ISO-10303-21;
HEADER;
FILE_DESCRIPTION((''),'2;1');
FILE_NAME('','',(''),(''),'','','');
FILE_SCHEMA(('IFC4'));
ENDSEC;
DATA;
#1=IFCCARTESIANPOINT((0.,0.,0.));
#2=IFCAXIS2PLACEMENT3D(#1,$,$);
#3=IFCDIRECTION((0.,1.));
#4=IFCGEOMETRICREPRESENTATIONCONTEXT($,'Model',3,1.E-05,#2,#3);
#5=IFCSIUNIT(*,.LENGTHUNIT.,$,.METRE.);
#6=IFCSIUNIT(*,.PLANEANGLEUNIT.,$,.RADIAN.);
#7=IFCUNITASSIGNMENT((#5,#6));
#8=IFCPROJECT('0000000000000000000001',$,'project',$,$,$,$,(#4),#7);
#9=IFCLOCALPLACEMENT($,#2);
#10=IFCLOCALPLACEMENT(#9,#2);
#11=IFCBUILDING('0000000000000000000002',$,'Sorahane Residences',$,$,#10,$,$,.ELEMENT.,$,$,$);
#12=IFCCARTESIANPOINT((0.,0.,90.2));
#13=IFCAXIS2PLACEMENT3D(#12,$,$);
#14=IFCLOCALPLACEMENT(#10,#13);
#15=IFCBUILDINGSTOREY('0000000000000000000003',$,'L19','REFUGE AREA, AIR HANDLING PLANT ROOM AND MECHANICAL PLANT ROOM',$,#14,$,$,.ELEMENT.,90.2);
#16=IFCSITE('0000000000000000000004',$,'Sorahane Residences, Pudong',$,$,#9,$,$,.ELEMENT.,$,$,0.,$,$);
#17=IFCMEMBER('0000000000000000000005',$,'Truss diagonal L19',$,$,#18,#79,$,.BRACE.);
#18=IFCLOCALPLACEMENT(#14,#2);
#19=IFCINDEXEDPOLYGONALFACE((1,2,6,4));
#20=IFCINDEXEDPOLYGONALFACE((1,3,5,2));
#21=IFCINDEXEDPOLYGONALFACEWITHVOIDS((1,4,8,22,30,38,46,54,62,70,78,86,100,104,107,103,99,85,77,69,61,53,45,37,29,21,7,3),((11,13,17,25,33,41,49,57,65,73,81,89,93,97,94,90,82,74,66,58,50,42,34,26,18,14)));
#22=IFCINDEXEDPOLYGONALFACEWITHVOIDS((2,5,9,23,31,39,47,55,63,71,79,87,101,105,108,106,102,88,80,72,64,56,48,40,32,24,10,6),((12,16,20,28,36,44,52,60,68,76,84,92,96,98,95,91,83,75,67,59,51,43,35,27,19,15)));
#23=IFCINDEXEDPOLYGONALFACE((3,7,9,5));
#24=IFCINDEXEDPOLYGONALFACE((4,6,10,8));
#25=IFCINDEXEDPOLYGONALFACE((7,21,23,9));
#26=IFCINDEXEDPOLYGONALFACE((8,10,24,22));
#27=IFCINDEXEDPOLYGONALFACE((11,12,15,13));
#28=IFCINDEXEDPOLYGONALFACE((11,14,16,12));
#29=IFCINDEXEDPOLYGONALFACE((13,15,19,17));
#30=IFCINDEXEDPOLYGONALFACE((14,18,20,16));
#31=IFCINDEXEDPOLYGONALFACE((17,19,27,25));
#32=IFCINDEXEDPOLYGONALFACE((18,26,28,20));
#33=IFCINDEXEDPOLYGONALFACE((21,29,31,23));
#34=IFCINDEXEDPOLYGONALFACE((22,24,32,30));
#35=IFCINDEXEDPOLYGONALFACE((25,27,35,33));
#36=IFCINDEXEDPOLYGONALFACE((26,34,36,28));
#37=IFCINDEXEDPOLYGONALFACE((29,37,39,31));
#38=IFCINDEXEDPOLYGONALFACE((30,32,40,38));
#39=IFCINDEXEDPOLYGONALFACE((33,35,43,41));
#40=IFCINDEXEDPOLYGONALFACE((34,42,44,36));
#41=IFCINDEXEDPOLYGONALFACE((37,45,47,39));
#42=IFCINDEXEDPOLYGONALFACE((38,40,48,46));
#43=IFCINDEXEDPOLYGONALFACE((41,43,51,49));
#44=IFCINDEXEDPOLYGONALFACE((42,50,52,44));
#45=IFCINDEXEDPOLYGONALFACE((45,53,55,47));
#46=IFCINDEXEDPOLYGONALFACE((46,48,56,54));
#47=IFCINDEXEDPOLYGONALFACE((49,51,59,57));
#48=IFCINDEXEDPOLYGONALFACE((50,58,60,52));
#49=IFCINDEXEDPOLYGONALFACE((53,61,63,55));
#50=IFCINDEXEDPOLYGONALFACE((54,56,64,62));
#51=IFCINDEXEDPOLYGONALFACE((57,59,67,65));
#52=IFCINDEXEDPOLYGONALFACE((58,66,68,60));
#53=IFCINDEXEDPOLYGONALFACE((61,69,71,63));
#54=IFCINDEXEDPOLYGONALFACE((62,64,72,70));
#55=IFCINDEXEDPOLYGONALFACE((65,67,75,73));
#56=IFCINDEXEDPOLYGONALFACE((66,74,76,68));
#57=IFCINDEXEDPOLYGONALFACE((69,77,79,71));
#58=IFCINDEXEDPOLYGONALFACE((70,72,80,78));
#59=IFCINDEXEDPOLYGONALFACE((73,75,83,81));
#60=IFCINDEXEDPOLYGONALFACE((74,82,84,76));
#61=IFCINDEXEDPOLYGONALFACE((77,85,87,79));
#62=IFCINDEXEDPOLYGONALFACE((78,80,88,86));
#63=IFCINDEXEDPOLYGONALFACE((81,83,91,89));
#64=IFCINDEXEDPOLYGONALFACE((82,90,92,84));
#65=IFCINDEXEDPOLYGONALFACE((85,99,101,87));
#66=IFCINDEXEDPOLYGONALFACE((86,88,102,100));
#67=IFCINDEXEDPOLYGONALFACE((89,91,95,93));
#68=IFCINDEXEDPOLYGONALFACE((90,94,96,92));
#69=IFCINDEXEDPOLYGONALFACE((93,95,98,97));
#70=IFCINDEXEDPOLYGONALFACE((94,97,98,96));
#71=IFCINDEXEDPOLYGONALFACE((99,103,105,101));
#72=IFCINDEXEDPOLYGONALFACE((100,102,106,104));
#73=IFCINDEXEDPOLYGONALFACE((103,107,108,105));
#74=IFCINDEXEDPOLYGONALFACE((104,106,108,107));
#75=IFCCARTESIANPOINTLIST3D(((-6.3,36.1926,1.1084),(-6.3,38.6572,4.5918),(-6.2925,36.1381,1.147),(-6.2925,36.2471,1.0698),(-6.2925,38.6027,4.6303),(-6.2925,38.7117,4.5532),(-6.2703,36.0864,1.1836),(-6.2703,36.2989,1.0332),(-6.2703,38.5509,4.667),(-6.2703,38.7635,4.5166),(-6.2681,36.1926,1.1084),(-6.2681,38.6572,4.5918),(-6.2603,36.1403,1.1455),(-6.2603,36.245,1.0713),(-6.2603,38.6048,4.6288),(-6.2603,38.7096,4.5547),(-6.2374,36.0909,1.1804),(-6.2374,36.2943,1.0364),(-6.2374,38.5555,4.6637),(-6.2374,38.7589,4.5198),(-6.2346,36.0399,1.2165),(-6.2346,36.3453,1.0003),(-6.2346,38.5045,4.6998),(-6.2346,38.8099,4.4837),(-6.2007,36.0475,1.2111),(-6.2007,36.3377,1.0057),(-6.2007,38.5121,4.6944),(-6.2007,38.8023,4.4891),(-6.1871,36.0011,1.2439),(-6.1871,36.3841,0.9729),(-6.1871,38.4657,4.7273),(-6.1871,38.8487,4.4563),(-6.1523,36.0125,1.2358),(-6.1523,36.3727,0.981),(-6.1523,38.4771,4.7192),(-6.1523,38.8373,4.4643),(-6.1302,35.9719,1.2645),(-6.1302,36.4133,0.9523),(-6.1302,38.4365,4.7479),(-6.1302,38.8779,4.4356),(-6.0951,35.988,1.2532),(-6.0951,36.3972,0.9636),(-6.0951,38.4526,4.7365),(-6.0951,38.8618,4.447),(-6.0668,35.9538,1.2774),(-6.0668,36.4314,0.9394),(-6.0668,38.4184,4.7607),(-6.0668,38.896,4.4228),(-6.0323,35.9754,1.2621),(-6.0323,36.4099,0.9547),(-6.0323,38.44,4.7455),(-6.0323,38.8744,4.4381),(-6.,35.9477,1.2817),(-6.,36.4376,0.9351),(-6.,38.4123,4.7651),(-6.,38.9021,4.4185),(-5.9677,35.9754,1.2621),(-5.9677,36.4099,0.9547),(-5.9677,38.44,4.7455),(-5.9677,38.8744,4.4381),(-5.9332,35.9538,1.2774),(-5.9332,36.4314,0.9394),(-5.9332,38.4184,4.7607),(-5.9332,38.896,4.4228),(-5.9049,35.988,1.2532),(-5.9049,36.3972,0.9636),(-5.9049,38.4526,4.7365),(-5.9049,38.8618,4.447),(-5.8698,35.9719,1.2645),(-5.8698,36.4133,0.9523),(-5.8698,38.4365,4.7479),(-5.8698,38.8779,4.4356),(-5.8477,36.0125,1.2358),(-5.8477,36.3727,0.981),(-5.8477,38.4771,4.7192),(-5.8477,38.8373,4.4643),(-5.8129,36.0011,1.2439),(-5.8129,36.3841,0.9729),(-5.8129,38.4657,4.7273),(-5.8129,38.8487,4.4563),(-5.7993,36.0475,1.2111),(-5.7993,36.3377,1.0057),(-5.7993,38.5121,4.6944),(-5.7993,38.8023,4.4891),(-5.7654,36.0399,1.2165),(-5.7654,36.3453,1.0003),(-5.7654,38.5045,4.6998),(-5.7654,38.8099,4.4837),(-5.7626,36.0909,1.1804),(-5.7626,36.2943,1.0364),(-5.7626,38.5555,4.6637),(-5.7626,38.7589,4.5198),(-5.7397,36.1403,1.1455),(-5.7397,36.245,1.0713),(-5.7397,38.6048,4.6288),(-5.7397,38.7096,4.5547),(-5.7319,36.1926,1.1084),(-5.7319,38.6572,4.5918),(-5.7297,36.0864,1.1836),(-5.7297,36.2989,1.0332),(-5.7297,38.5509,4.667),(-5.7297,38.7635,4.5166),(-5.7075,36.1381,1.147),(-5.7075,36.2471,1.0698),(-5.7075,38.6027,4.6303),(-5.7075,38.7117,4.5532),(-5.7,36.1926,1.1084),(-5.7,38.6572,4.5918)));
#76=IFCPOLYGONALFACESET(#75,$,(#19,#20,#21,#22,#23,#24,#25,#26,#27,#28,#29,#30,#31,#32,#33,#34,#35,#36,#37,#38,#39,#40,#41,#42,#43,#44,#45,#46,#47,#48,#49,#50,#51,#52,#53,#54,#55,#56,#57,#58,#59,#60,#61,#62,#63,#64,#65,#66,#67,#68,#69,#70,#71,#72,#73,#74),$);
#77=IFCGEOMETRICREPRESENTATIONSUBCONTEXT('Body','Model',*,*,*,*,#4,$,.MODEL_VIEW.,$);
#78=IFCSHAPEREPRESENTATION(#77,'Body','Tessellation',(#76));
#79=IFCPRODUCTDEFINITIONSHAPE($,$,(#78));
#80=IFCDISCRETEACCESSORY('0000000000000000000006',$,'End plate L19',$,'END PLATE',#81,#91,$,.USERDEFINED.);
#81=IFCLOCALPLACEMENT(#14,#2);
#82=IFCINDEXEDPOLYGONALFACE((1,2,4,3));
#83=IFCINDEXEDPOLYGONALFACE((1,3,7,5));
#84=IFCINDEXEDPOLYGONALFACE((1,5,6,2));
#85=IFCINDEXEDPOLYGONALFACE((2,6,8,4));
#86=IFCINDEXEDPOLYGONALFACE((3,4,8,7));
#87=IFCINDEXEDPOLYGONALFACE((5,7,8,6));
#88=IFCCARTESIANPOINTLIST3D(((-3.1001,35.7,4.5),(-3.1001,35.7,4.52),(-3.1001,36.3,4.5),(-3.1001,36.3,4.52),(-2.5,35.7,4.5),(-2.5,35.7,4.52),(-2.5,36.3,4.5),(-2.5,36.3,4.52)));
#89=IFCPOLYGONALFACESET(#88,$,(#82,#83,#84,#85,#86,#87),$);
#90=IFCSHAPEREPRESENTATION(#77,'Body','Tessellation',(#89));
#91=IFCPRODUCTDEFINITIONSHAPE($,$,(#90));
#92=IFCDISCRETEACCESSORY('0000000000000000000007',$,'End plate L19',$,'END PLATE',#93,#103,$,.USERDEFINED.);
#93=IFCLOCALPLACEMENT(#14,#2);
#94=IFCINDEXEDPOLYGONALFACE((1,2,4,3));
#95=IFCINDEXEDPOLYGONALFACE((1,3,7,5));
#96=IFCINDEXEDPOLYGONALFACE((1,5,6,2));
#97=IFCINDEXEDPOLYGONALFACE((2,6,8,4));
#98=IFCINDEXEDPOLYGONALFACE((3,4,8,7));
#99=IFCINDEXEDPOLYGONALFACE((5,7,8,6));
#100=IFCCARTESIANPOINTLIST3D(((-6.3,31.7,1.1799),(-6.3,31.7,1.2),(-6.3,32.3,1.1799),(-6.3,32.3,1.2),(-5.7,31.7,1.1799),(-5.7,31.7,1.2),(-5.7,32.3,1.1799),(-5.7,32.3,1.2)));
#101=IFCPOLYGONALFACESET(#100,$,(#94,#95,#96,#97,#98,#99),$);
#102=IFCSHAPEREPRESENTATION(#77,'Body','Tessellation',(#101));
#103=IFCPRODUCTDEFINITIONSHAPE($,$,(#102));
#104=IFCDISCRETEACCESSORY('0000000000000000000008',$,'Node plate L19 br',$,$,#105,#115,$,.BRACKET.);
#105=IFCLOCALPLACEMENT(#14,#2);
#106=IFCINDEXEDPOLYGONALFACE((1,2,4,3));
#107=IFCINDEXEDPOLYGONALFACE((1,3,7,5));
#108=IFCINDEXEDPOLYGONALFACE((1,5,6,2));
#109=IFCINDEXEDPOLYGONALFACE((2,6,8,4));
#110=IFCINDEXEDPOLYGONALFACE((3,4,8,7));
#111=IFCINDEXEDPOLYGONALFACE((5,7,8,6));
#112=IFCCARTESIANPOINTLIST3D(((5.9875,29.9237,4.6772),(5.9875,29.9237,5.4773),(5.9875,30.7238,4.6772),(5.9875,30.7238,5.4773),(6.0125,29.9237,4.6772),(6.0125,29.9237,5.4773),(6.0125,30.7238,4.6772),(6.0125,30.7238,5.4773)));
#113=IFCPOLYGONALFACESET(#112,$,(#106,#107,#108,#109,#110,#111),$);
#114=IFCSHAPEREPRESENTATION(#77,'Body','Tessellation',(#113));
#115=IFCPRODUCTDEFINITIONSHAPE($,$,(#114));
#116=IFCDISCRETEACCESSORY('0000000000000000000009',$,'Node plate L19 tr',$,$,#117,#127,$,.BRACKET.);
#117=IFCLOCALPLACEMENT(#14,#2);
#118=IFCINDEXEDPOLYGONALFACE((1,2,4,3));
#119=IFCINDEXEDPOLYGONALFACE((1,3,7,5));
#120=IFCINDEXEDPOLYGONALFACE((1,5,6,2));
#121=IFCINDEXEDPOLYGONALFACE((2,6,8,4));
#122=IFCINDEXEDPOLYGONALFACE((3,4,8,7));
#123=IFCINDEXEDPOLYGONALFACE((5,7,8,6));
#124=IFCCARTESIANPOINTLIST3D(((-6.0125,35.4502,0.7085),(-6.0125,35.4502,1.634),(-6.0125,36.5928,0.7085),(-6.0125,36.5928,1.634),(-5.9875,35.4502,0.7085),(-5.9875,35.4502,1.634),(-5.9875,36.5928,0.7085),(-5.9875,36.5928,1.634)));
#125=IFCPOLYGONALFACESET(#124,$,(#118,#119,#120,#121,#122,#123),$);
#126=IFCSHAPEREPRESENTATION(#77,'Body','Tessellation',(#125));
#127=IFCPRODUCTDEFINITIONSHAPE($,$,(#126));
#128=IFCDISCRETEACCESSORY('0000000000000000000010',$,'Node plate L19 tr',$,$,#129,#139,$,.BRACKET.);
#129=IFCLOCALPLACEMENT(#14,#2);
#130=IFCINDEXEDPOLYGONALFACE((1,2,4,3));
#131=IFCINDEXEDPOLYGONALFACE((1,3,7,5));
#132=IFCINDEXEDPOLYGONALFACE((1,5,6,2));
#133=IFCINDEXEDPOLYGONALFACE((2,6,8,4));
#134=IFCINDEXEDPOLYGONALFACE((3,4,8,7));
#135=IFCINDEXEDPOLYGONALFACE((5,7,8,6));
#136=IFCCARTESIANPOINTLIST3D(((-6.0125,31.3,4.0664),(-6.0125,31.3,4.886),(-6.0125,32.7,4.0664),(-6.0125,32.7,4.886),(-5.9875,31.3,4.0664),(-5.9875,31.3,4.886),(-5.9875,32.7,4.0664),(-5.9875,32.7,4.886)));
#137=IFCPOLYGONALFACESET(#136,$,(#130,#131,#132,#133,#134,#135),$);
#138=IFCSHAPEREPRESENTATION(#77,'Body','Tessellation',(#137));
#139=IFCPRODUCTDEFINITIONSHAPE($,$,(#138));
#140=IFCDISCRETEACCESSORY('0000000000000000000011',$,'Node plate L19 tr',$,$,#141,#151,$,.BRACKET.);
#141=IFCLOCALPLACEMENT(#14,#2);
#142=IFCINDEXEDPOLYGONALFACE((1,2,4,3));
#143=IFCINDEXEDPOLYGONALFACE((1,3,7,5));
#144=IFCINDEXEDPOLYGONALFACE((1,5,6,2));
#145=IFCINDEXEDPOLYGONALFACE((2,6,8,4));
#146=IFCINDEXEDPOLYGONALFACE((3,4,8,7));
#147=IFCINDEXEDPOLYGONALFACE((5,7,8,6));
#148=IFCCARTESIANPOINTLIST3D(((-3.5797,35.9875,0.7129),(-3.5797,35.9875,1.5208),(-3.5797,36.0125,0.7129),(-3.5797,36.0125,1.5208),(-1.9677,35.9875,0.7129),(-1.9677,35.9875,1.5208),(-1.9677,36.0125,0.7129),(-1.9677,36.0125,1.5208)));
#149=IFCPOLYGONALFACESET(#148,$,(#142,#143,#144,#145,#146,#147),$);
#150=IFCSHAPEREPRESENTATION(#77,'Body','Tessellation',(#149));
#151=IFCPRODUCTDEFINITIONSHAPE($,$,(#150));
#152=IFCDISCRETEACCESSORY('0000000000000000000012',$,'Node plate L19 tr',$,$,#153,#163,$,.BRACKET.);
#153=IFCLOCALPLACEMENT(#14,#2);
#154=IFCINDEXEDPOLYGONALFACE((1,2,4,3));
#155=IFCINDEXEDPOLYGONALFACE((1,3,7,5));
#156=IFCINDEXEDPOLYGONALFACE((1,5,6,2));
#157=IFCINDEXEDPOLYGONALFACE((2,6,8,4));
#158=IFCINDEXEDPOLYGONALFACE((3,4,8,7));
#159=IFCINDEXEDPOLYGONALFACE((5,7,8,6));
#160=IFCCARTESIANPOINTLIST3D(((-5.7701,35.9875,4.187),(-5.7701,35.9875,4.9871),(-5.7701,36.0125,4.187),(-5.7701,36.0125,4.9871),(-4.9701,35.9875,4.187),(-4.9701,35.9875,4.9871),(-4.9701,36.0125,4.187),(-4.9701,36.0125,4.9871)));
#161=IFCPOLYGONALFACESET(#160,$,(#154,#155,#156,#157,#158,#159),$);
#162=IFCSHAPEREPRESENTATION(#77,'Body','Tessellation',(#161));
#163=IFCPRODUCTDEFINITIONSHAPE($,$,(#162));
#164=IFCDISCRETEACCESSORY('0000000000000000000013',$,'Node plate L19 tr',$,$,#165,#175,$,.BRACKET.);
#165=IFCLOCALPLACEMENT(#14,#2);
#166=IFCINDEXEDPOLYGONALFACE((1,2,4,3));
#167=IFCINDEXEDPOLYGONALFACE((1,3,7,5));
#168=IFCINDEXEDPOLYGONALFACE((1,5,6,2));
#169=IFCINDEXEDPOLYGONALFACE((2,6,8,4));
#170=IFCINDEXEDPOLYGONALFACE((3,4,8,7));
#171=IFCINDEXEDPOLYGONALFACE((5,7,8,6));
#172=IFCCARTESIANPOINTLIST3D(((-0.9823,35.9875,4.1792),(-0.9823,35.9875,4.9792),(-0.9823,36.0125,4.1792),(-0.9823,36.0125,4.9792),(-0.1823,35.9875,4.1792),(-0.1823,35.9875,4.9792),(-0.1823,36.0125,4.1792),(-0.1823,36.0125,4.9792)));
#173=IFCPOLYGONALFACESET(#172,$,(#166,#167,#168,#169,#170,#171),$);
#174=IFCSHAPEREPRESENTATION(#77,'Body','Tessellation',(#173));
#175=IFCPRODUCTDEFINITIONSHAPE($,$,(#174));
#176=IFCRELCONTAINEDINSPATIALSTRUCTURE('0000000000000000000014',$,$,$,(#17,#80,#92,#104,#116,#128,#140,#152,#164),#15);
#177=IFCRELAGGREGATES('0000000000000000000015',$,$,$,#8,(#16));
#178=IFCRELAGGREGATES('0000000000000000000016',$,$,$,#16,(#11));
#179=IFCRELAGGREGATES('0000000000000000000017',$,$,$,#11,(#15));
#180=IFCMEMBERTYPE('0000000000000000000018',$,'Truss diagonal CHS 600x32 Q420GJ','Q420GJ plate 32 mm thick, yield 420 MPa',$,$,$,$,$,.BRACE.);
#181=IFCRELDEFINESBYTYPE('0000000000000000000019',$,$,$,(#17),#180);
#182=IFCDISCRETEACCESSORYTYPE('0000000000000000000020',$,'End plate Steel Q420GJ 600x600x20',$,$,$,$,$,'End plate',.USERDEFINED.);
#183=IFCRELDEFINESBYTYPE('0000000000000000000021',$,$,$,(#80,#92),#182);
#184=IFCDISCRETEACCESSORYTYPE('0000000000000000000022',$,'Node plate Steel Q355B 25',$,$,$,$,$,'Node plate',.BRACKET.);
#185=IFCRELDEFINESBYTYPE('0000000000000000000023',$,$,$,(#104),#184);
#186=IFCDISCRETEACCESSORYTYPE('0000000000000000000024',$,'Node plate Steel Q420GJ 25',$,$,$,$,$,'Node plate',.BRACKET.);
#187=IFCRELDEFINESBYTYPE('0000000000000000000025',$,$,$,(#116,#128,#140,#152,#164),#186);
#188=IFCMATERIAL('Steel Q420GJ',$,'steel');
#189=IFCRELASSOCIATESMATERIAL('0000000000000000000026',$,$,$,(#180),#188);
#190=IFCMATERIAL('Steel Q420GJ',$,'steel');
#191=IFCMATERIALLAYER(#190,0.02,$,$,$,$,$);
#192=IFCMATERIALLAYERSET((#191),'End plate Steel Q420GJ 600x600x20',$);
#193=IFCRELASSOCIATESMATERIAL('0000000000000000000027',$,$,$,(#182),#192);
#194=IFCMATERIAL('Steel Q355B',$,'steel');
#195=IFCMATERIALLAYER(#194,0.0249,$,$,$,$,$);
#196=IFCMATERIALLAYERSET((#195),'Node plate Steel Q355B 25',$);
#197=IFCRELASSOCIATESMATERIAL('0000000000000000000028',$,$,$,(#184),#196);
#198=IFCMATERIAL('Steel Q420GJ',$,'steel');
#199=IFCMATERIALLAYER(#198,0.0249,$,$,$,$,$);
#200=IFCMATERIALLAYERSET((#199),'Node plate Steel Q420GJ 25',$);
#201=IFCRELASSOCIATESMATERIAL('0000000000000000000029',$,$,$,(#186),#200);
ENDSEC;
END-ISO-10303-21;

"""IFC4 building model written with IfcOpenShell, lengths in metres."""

from ifc_helpers import new_model, si_unit, direction, frame, origin, origin_2d, place, context, subcontext, project, spatial, rectangle, hollow_circle, extrude, material, layer, layer_set, material_profile, profile_set, type_object, element, save


model = new_model("IFC4")

# Units and contexts
model_context = context("Model", 3, precision=1e-05, world=origin(), true_north=direction((0.0, 1.0)))
body_context = subcontext(model_context, "Body", "Model", "MODEL_VIEW")
ifc_project = project(units=[si_unit("LENGTHUNIT", "METRE"), si_unit("PLANEANGLEUNIT", "RADIAN")], contexts=[model_context])

# Site, building, storey
site_placement = place(None, origin())
site = spatial("IfcSite", under=ifc_project, at=site_placement, Name="Sorahane Residences, Pudong", CompositionType="ELEMENT", RefElevation=0.0)
building_placement = place(site_placement, origin())
building = spatial("IfcBuilding", under=site, at=building_placement, Name="Sorahane Residences", CompositionType="ELEMENT")
storey_placement = place(building_placement, frame((0.0, 0.0, 90.2)))
storey = spatial("IfcBuildingStorey", under=building, at=storey_placement, Name="L19", Description="REFUGE AREA, AIR HANDLING PLANT ROOM AND MECHANICAL PLANT ROOM", CompositionType="ELEMENT", Elevation=90.2)

# Member
ifc_material_1 = material(Name="Steel Q420GJ", Category="steel")
ifc_material_profile_1 = material_profile(ifc_material_1, hollow_circle(Radius=0.3, WallThickness=0.032, at=origin_2d()), Name="CHS 600x32")
ifc_profile_set_1 = profile_set([ifc_material_profile_1], Name="Steel Q420GJ")
member_type_1 = type_object("IfcMemberType", Name="Truss diagonal CHS 600x32 Q420GJ", Description="Q420GJ plate 32 mm thick, yield 420 MPa", PredefinedType="BRACE", material=ifc_profile_set_1)
member_1_placement = place(storey_placement, frame((-6.0, 36.1926, 1.1084), z_axis=(0.0, 0.577579, 0.816335), x_axis=(-1.0, 0.0, 0.0)))
element("IfcMember", 1, at=member_1_placement, inside=storey, type_object=member_type_1, Name="Truss diagonal L19", PredefinedType="BRACE", context=body_context, shape_type="SweptSolid", body=[
    extrude(hollow_circle(Radius=0.3, WallThickness=0.032, at=origin_2d()), origin(), (0.0, 0.0, 1.0), 4.2671),
])

# Discrete accessories
ifc_material_2 = material(Name="Steel Q420GJ", Category="steel")
ifc_layer_1 = layer(ifc_material_2, 0.02)
ifc_layer_set_1 = layer_set([ifc_layer_1], Name="End plate Steel Q420GJ 600x600x20")
discrete_accessory_type_1 = type_object("IfcDiscreteAccessoryType", Name="End plate Steel Q420GJ 600x600x20", ElementType="End plate", PredefinedType="USERDEFINED", material=ifc_layer_set_1)
for number, where, z_axis, x_axis, name in (
    (2, (-2.8, 36.0, 4.5), (0.0, 0.0, 1.0), (1.0, 0.0, 0.0), "End plate L19"),
    (3, (-6.0, 32.0, 1.1799), (0.0, 0.0, 1.0), (1.0, 0.0, 0.0), "End plate L19"),
):
    element("IfcDiscreteAccessory", number, at=place(storey_placement, frame(where, z_axis=z_axis, x_axis=x_axis)), inside=storey, type_object=discrete_accessory_type_1, Name=name, ObjectType="END PLATE", PredefinedType="USERDEFINED", context=body_context, shape_type="SweptSolid", body=[
        extrude(rectangle(XDim=0.6001, YDim=0.6001, at=origin_2d()), origin(), (0.0, 0.0, 1.0), 0.02),
    ])
ifc_material_3 = material(Name="Steel Q355B", Category="steel")
ifc_layer_2 = layer(ifc_material_3, 0.0249)
ifc_layer_set_2 = layer_set([ifc_layer_2], Name="Node plate Steel Q355B 25")
discrete_accessory_type_2 = type_object("IfcDiscreteAccessoryType", Name="Node plate Steel Q355B 25", ElementType="Node plate", PredefinedType="BRACKET", material=ifc_layer_set_2)
discrete_accessory_1_placement = place(storey_placement, frame((6.0, 30.3237, 4.6772), z_axis=(0.0, 0.0, 1.0), x_axis=(0.0, 1.0, 0.0)))
element("IfcDiscreteAccessory", 4, at=discrete_accessory_1_placement, inside=storey, type_object=discrete_accessory_type_2, Name="Node plate L19 br", PredefinedType="BRACKET", context=body_context, shape_type="SweptSolid", body=[
    extrude(rectangle(XDim=0.8, YDim=0.0249, at=origin_2d()), origin(), (0.0, 0.0, 1.0), 0.8),
])
ifc_material_4 = material(Name="Steel Q420GJ", Category="steel")
ifc_layer_3 = layer(ifc_material_4, 0.0249)
ifc_layer_set_3 = layer_set([ifc_layer_3], Name="Node plate Steel Q420GJ 25")
discrete_accessory_type_3 = type_object("IfcDiscreteAccessoryType", Name="Node plate Steel Q420GJ 25", ElementType="Node plate", PredefinedType="BRACKET", material=ifc_layer_set_3)
discrete_accessory_2_placement = place(storey_placement, frame((-6.0, 36.0215, 0.7085), z_axis=(0.0, 0.0, 1.0), x_axis=(0.0, 1.0, 0.0)))
element("IfcDiscreteAccessory", 5, at=discrete_accessory_2_placement, inside=storey, type_object=discrete_accessory_type_3, Name="Node plate L19 tr", PredefinedType="BRACKET", context=body_context, shape_type="SweptSolid", body=[
    extrude(rectangle(XDim=1.1426, YDim=0.0249, at=origin_2d()), origin(), (0.0, 0.0, 1.0), 0.9255),
])
discrete_accessory_3_placement = place(storey_placement, frame((-6.0, 32.0, 4.0664), z_axis=(0.0, 0.0, 1.0), x_axis=(0.0, 1.0, 0.0)))
element("IfcDiscreteAccessory", 6, at=discrete_accessory_3_placement, inside=storey, type_object=discrete_accessory_type_3, Name="Node plate L19 tr", PredefinedType="BRACKET", context=body_context, shape_type="SweptSolid", body=[
    extrude(rectangle(XDim=1.3999, YDim=0.0249, at=origin_2d()), origin(), (0.0, 0.0, 1.0), 0.8196),
])
discrete_accessory_4_placement = place(storey_placement, frame((-2.7737, 36.0, 0.7129), z_axis=(0.0, 0.0, 1.0), x_axis=(1.0, 0.0, 0.0)))
element("IfcDiscreteAccessory", 7, at=discrete_accessory_4_placement, inside=storey, type_object=discrete_accessory_type_3, Name="Node plate L19 tr", PredefinedType="BRACKET", context=body_context, shape_type="SweptSolid", body=[
    extrude(rectangle(XDim=1.6121, YDim=0.0249, at=origin_2d()), origin(), (0.0, 0.0, 1.0), 0.8079),
])
for number, where, z_axis, x_axis, name in (
    (8, (-5.3701, 36.0, 4.187), (0.0, 0.0, 1.0), (1.0, 0.0, 0.0), "Node plate L19 tr"),
    (9, (-0.5823, 36.0, 4.1792), (0.0, 0.0, 1.0), (1.0, 0.0, 0.0), "Node plate L19 tr"),
):
    element("IfcDiscreteAccessory", number, at=place(storey_placement, frame(where, z_axis=z_axis, x_axis=x_axis)), inside=storey, type_object=discrete_accessory_type_3, Name=name, PredefinedType="BRACKET", context=body_context, shape_type="SweptSolid", body=[
        extrude(rectangle(XDim=0.8, YDim=0.0249, at=origin_2d()), origin(), (0.0, 0.0, 1.0), 0.8),
    ])

save(model, "model.ifc")
